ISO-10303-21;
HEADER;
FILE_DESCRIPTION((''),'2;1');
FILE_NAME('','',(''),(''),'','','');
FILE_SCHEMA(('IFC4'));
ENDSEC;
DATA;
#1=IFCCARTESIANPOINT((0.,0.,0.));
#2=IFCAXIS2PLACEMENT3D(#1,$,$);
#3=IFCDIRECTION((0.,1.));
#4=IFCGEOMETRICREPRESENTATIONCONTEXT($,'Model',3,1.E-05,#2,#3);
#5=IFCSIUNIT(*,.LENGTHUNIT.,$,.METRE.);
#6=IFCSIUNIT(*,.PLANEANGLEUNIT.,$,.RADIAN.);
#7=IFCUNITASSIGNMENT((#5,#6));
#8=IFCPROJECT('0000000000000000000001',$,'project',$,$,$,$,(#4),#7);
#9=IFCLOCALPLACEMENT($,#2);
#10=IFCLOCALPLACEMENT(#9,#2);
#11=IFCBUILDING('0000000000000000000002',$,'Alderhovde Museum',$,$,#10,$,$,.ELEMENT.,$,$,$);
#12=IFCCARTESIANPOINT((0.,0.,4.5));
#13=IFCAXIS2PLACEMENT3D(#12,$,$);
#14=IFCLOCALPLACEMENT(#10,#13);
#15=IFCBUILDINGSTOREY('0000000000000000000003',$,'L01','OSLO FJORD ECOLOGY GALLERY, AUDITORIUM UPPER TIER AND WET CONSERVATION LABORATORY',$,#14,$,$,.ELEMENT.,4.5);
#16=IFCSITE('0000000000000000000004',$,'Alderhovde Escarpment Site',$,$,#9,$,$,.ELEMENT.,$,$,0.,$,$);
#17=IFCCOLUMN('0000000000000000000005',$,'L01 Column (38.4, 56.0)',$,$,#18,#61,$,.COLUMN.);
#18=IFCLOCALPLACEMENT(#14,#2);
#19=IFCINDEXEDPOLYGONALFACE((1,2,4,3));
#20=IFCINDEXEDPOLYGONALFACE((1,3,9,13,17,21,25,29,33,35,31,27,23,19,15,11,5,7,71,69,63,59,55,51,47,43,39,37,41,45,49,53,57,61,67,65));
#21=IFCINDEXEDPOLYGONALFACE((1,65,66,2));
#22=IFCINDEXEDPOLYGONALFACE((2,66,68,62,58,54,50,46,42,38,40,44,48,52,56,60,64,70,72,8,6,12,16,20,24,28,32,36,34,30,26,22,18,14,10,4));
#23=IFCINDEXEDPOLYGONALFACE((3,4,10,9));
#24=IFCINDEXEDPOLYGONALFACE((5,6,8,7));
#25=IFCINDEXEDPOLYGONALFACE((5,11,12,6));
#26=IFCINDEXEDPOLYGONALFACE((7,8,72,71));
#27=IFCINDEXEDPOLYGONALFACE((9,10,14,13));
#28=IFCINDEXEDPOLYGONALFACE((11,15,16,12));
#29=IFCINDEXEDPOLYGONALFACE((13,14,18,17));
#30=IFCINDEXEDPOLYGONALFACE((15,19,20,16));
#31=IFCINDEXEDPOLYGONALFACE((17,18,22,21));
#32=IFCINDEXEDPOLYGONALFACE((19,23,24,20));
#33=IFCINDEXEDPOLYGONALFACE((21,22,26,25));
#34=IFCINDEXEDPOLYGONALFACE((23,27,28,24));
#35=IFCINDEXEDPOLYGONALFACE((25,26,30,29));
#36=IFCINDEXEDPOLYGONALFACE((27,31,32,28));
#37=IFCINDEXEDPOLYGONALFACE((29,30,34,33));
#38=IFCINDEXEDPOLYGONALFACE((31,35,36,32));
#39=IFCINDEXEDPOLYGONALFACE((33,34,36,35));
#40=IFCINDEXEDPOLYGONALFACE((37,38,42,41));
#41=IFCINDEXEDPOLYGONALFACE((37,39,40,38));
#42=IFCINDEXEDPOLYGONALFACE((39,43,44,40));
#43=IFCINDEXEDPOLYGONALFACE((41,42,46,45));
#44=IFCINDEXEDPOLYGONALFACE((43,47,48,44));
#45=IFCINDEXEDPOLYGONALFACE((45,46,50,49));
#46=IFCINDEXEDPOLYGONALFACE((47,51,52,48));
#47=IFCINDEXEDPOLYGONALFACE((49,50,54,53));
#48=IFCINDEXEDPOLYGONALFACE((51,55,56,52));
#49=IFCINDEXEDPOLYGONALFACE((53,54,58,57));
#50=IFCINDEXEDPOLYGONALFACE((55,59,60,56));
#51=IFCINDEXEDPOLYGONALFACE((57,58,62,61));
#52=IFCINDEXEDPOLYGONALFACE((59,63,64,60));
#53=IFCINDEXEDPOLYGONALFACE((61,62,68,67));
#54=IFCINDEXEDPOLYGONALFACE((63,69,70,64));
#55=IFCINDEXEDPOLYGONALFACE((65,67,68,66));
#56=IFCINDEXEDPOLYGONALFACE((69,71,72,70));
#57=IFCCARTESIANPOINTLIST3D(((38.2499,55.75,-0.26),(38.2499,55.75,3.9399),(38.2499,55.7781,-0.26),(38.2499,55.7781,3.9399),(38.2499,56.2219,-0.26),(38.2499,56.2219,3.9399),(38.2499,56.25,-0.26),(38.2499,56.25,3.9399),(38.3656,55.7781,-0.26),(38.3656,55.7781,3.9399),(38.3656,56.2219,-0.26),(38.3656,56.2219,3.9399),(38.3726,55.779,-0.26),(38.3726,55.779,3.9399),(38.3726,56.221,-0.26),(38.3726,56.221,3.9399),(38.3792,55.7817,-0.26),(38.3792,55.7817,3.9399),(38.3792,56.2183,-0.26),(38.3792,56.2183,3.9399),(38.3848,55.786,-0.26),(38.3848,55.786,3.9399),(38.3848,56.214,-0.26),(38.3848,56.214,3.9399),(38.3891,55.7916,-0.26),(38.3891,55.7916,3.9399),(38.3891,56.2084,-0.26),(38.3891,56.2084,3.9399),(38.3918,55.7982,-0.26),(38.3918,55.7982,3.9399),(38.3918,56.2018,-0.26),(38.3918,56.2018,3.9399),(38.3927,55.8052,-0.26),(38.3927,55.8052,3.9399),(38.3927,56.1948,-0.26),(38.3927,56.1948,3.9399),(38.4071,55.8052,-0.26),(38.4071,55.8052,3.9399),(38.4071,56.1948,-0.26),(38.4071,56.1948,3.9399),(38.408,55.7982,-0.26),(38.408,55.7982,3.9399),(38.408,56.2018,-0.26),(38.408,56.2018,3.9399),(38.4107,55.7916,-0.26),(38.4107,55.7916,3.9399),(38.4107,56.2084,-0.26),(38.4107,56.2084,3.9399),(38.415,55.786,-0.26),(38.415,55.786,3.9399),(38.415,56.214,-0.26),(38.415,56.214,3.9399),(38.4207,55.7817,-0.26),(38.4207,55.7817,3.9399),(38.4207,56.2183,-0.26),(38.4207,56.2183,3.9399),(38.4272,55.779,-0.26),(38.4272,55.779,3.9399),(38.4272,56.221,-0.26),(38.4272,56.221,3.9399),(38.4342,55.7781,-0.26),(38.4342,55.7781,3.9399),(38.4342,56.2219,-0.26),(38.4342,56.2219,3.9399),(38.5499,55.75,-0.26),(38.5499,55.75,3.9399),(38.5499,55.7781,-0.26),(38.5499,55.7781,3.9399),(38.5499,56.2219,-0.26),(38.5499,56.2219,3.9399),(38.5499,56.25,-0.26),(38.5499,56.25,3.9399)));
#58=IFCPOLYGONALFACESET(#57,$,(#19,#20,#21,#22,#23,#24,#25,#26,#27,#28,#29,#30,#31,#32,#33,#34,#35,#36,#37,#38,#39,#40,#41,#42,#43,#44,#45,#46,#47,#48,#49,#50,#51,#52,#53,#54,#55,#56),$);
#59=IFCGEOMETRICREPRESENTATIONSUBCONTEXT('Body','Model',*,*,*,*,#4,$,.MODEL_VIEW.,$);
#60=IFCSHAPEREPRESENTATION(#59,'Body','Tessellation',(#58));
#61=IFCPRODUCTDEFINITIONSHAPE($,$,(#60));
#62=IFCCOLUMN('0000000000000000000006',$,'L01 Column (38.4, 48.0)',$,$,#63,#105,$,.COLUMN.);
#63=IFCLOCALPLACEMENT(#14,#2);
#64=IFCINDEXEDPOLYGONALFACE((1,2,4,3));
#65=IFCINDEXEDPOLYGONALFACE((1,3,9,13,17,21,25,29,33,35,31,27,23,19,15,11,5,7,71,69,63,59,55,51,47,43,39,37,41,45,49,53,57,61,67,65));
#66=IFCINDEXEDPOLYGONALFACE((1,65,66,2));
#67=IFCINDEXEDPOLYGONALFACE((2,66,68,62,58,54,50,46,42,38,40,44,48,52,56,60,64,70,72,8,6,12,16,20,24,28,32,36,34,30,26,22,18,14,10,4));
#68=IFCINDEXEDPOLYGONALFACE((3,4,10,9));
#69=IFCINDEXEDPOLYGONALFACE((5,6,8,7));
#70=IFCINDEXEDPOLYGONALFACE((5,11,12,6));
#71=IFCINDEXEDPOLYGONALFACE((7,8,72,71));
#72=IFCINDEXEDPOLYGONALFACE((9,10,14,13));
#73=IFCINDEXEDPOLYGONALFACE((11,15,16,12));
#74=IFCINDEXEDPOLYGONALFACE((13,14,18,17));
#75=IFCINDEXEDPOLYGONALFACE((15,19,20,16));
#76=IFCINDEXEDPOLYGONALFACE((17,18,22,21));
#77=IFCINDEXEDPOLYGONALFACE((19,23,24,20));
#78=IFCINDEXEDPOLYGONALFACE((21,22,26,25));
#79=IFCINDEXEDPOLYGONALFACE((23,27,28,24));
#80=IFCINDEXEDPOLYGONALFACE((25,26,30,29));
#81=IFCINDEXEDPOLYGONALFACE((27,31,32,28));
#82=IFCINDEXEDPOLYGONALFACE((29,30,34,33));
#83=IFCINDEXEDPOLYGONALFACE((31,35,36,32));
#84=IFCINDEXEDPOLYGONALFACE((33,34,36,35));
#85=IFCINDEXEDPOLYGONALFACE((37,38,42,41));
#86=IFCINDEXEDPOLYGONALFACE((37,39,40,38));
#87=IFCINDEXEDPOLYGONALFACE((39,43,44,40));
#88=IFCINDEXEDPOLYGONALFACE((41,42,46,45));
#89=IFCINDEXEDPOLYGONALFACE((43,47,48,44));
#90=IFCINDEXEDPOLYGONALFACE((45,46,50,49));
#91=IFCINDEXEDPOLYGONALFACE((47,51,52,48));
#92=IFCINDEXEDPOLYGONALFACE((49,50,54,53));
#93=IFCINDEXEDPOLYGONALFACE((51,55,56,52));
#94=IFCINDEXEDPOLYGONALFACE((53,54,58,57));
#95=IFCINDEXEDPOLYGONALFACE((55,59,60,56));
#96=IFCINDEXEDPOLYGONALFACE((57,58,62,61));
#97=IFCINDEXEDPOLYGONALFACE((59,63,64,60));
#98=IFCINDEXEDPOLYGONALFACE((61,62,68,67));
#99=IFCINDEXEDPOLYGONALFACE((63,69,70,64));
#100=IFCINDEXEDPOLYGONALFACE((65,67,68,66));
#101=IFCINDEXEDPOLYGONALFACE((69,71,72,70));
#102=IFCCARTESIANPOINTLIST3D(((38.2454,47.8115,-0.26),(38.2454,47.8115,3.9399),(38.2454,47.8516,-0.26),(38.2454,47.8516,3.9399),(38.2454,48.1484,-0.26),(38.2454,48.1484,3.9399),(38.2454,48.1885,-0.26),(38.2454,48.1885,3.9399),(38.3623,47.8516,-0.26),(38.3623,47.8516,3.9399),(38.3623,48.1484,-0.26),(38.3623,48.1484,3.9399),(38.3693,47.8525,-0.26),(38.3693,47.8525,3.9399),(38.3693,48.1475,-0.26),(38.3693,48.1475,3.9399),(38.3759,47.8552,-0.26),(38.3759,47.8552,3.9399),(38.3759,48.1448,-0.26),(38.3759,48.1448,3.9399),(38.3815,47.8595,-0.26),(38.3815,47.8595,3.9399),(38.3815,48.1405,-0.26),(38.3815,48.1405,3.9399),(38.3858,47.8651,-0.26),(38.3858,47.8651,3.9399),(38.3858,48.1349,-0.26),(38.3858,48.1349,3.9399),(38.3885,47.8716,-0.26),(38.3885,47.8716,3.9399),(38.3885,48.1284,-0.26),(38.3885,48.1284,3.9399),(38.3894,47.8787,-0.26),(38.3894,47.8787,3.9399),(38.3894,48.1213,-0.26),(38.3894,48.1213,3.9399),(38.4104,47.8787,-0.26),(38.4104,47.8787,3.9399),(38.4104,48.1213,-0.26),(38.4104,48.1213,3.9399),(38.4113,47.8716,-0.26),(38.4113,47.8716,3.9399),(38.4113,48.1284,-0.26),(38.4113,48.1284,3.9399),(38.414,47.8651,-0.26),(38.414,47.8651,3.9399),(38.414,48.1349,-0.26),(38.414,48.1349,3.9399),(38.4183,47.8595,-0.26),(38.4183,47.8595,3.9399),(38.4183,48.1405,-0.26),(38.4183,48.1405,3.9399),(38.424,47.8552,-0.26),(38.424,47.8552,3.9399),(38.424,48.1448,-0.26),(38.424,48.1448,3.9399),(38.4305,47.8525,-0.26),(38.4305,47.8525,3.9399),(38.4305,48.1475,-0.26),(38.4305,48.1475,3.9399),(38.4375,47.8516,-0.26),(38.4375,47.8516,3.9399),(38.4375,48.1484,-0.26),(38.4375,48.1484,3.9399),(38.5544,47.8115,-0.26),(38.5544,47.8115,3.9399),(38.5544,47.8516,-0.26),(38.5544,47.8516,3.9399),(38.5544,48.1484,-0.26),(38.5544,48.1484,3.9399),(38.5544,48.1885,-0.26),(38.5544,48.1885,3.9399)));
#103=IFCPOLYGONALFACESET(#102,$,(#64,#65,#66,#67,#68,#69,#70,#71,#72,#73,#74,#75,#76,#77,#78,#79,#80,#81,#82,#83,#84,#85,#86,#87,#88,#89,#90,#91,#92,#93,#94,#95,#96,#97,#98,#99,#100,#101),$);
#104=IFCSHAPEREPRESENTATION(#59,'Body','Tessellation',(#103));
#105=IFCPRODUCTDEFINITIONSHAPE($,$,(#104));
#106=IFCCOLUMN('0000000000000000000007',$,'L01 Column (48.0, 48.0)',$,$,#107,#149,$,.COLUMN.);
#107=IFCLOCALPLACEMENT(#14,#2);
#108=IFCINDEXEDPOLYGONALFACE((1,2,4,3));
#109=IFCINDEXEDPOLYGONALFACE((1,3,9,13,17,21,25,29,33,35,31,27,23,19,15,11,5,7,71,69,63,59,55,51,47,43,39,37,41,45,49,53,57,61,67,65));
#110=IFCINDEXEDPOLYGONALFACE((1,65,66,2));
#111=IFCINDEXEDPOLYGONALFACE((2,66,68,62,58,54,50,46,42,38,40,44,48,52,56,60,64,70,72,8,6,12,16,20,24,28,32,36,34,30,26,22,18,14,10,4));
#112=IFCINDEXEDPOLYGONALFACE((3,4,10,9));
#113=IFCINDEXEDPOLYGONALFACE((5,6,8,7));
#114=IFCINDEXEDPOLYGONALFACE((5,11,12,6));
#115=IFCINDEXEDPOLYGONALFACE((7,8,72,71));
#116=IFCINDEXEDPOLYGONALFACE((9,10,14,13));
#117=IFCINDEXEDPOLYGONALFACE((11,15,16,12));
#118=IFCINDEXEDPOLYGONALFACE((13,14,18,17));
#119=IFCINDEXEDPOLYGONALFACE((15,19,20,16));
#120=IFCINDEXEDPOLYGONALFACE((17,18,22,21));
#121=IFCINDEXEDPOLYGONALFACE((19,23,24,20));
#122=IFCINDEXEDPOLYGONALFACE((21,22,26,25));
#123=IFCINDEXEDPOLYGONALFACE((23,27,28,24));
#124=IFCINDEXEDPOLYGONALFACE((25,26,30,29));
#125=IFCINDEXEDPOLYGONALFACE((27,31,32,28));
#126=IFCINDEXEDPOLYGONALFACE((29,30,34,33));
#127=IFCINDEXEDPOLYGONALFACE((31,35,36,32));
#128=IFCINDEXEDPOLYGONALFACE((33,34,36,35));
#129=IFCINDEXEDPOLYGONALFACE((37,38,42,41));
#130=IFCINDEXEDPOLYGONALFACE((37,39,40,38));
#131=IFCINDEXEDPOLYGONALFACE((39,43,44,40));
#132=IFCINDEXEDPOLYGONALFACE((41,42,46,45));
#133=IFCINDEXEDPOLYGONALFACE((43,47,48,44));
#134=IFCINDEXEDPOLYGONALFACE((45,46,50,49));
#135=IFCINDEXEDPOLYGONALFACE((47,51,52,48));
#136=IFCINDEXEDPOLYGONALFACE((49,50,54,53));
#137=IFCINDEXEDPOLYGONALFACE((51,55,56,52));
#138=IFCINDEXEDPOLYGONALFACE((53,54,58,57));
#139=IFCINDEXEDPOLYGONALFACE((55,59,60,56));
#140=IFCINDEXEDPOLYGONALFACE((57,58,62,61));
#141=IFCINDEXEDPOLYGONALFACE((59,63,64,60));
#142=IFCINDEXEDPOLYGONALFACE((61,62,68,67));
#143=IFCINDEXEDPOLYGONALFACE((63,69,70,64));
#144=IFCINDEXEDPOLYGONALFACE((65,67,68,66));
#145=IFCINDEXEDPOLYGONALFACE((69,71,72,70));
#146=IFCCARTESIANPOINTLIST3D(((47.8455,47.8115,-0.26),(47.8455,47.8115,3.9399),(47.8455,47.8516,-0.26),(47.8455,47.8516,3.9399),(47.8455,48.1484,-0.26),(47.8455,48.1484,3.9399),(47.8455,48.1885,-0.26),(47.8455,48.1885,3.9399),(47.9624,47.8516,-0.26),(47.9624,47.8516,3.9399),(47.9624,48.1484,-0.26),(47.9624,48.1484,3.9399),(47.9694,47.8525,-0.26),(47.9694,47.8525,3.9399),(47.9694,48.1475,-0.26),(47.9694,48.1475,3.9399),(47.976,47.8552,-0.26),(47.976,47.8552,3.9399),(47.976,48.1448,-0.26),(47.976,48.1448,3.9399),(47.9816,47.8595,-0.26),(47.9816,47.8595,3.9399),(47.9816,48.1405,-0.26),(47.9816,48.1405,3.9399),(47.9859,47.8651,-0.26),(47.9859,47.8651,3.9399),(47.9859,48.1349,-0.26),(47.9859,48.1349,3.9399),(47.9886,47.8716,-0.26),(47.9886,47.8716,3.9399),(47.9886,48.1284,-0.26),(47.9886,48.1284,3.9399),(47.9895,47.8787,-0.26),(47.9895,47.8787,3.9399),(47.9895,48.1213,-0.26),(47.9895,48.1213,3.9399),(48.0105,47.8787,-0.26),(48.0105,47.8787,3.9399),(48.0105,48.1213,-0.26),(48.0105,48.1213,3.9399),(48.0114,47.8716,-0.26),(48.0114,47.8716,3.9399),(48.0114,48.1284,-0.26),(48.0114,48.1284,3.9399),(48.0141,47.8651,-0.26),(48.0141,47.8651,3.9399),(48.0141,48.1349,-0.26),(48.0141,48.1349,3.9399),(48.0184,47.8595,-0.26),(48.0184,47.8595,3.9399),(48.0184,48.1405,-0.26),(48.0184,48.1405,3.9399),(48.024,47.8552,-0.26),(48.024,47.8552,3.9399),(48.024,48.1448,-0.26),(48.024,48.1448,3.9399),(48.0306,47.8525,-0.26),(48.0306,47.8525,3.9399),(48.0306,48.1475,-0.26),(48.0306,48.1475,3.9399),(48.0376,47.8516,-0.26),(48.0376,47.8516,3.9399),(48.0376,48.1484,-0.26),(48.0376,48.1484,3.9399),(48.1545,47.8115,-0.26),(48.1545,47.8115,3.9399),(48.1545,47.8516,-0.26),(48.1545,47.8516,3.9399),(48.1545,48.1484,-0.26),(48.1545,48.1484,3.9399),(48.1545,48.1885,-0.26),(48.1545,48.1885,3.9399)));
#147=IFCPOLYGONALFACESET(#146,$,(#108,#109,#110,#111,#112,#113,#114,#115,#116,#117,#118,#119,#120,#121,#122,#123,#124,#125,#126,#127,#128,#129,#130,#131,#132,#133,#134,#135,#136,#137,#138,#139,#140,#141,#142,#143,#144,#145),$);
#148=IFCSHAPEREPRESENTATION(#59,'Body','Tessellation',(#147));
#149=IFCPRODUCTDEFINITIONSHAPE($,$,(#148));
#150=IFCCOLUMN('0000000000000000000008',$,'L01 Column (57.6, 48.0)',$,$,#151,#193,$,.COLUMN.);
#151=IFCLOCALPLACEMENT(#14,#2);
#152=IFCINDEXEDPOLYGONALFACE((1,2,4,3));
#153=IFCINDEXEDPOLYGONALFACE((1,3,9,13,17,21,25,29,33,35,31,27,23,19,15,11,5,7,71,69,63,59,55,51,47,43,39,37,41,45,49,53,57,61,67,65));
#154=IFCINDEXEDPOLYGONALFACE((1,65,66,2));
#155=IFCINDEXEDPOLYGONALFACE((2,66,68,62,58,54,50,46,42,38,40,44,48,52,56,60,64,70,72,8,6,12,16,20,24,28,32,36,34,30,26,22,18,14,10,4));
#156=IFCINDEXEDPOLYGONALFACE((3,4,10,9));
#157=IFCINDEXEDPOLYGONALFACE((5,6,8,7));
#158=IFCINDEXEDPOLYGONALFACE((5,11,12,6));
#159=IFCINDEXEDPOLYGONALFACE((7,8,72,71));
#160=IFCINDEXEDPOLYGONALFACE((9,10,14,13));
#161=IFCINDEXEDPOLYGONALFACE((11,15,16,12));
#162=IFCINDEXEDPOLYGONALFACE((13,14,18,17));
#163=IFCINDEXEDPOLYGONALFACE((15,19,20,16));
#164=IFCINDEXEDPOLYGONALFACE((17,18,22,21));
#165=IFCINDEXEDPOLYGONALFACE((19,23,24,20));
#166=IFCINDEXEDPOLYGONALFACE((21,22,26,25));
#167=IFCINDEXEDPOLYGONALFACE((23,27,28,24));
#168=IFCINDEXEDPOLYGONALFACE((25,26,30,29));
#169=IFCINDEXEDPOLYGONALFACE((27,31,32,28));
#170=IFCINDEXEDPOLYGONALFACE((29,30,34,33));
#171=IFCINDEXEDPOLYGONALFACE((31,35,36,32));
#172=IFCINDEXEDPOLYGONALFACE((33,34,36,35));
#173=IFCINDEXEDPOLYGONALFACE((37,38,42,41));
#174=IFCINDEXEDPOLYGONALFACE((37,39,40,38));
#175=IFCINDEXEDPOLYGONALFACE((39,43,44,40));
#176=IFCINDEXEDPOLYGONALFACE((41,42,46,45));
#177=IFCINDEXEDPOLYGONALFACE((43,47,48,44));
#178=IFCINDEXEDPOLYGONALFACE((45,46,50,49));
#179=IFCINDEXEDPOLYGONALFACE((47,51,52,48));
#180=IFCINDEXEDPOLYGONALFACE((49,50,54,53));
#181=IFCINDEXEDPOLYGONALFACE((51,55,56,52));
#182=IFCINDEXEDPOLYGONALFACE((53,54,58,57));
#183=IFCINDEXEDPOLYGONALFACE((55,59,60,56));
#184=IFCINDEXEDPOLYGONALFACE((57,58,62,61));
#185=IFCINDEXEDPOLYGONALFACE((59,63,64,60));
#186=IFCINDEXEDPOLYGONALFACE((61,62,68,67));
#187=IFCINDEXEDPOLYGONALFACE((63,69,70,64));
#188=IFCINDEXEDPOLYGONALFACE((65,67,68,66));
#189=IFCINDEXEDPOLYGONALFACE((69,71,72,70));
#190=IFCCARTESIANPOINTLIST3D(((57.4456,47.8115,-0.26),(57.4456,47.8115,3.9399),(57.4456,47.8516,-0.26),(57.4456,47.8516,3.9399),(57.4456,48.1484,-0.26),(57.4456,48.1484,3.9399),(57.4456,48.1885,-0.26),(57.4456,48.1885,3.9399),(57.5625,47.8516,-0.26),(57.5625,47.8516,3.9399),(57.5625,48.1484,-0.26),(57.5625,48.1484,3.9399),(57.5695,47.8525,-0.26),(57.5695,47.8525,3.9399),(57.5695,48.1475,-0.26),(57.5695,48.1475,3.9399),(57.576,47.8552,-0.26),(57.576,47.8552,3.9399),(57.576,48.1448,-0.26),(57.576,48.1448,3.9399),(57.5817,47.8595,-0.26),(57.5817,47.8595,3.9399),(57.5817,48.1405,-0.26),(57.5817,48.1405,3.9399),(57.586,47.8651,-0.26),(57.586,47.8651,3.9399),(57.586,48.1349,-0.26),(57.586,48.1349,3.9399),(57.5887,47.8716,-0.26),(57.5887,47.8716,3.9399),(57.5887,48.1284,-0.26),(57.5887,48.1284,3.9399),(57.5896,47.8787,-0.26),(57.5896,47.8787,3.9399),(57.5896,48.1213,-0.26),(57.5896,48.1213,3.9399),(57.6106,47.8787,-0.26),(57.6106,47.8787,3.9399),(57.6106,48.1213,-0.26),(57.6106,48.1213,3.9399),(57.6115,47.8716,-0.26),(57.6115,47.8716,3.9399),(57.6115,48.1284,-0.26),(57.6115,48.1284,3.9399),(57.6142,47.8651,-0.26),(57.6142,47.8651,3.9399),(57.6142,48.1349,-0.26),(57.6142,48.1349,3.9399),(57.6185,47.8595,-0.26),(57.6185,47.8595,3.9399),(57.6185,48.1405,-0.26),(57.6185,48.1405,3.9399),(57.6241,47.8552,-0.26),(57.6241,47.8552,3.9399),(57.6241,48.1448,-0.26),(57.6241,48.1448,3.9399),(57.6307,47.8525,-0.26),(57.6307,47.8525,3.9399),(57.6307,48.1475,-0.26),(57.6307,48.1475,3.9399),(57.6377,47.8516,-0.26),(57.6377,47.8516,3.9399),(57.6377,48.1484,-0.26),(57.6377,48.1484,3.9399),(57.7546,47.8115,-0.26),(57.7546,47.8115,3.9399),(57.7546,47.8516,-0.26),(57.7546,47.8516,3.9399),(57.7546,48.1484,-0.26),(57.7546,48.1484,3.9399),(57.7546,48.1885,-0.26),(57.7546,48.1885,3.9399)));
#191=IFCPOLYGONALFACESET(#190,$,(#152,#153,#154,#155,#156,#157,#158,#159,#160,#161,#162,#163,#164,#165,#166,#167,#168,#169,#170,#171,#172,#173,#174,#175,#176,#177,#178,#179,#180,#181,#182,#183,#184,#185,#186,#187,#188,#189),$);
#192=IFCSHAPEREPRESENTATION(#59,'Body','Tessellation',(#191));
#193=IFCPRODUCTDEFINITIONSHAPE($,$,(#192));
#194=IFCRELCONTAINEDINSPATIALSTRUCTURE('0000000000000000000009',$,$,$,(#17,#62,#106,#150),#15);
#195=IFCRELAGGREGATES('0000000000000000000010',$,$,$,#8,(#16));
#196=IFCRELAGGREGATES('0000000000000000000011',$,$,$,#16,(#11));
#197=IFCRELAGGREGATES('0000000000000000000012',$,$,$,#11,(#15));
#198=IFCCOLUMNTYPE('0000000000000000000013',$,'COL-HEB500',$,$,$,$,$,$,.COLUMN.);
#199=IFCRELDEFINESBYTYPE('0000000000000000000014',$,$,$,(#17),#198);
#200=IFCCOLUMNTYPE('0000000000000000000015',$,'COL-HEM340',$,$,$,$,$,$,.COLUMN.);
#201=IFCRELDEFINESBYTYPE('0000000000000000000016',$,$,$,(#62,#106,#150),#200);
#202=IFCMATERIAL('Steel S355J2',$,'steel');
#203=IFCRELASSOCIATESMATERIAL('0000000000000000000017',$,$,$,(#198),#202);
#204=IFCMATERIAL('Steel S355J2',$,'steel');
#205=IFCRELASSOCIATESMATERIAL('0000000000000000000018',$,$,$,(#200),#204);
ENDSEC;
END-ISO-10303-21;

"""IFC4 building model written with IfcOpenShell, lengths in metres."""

from ifc_helpers import new_model, si_unit, direction, frame, origin, origin_2d, place, context, subcontext, project, spatial, i_section, extrude, material, material_profile, profile_set, type_object, element, save


model = new_model("IFC4")

# Units and contexts
model_context = context("Model", 3, precision=1e-05, world=origin(), true_north=direction((0.0, 1.0)))
body_context = subcontext(model_context, "Body", "Model", "MODEL_VIEW")
ifc_project = project(units=[si_unit("LENGTHUNIT", "METRE"), si_unit("PLANEANGLEUNIT", "RADIAN")], contexts=[model_context])

# Site, building, storey
site_placement = place(None, origin())
site = spatial("IfcSite", under=ifc_project, at=site_placement, Name="Alderhovde Escarpment Site", CompositionType="ELEMENT", RefElevation=0.0)
building_placement = place(site_placement, origin())
building = spatial("IfcBuilding", under=site, at=building_placement, Name="Alderhovde Museum", CompositionType="ELEMENT")
storey_placement = place(building_placement, frame((0.0, 0.0, 4.5)))
storey = spatial("IfcBuildingStorey", under=building, at=storey_placement, Name="L01", Description="OSLO FJORD ECOLOGY GALLERY, AUDITORIUM UPPER TIER AND WET CONSERVATION LABORATORY", CompositionType="ELEMENT", Elevation=4.5)

# Columns
ifc_material_1 = material(Name="Steel S355J2", Category="steel")
ifc_material_profile_1 = material_profile(ifc_material_1, i_section(OverallWidth=0.3, OverallDepth=0.5, WebThickness=0.0144, FlangeThickness=0.0281, FilletRadius=0.0271, at=origin_2d()), Name="HEB 500")
ifc_profile_set_1 = profile_set([ifc_material_profile_1], Name="Steel S355J2")
column_type_1 = type_object("IfcColumnType", Name="COL-HEB500", PredefinedType="COLUMN", material=ifc_profile_set_1)
column_placement = place(storey_placement, frame((38.3999, 56.0, -0.26), z_axis=(0.0, 0.0, 1.0), x_axis=(1.0, 0.0, 0.0)))
element("IfcColumn", 1, at=column_placement, inside=storey, type_object=column_type_1, Name="L01 Column (38.4, 56.0)", PredefinedType="COLUMN", context=body_context, shape_type="SweptSolid", body=[
    extrude(i_section(OverallWidth=0.3, OverallDepth=0.5, WebThickness=0.0144, FlangeThickness=0.0281, FilletRadius=0.0271, at=origin_2d()), origin(), (0.0, 0.0, 1.0), 4.2),
])
ifc_material_2 = material(Name="Steel S355J2", Category="steel")
ifc_material_profile_2 = material_profile(ifc_material_2, i_section(OverallWidth=0.3091, OverallDepth=0.377, WebThickness=0.021, FlangeThickness=0.04, FilletRadius=0.0271, at=origin_2d()), Name="HEM 340")
ifc_profile_set_2 = profile_set([ifc_material_profile_2], Name="Steel S355J2")
column_type_2 = type_object("IfcColumnType", Name="COL-HEM340", PredefinedType="COLUMN", material=ifc_profile_set_2)
for number, where, z_axis, x_axis, name in (
    (2, (38.3999, 48.0, -0.26), (0.0, 0.0, 1.0), (1.0, 0.0, 0.0), "L01 Column (38.4, 48.0)"),
    (3, (48.0, 48.0, -0.26), (0.0, 0.0, 1.0), (1.0, 0.0, 0.0), "L01 Column (48.0, 48.0)"),
    (4, (57.6001, 48.0, -0.26), (0.0, 0.0, 1.0), (1.0, 0.0, 0.0), "L01 Column (57.6, 48.0)"),
):
    element("IfcColumn", number, at=place(storey_placement, frame(where, z_axis=z_axis, x_axis=x_axis)), inside=storey, type_object=column_type_2, Name=name, PredefinedType="COLUMN", context=body_context, shape_type="SweptSolid", body=[
        extrude(i_section(OverallWidth=0.3091, OverallDepth=0.377, WebThickness=0.021, FlangeThickness=0.04, FilletRadius=0.0271, at=origin_2d()), origin(), (0.0, 0.0, 1.0), 4.2),
    ])

save(model, "model.ifc")
